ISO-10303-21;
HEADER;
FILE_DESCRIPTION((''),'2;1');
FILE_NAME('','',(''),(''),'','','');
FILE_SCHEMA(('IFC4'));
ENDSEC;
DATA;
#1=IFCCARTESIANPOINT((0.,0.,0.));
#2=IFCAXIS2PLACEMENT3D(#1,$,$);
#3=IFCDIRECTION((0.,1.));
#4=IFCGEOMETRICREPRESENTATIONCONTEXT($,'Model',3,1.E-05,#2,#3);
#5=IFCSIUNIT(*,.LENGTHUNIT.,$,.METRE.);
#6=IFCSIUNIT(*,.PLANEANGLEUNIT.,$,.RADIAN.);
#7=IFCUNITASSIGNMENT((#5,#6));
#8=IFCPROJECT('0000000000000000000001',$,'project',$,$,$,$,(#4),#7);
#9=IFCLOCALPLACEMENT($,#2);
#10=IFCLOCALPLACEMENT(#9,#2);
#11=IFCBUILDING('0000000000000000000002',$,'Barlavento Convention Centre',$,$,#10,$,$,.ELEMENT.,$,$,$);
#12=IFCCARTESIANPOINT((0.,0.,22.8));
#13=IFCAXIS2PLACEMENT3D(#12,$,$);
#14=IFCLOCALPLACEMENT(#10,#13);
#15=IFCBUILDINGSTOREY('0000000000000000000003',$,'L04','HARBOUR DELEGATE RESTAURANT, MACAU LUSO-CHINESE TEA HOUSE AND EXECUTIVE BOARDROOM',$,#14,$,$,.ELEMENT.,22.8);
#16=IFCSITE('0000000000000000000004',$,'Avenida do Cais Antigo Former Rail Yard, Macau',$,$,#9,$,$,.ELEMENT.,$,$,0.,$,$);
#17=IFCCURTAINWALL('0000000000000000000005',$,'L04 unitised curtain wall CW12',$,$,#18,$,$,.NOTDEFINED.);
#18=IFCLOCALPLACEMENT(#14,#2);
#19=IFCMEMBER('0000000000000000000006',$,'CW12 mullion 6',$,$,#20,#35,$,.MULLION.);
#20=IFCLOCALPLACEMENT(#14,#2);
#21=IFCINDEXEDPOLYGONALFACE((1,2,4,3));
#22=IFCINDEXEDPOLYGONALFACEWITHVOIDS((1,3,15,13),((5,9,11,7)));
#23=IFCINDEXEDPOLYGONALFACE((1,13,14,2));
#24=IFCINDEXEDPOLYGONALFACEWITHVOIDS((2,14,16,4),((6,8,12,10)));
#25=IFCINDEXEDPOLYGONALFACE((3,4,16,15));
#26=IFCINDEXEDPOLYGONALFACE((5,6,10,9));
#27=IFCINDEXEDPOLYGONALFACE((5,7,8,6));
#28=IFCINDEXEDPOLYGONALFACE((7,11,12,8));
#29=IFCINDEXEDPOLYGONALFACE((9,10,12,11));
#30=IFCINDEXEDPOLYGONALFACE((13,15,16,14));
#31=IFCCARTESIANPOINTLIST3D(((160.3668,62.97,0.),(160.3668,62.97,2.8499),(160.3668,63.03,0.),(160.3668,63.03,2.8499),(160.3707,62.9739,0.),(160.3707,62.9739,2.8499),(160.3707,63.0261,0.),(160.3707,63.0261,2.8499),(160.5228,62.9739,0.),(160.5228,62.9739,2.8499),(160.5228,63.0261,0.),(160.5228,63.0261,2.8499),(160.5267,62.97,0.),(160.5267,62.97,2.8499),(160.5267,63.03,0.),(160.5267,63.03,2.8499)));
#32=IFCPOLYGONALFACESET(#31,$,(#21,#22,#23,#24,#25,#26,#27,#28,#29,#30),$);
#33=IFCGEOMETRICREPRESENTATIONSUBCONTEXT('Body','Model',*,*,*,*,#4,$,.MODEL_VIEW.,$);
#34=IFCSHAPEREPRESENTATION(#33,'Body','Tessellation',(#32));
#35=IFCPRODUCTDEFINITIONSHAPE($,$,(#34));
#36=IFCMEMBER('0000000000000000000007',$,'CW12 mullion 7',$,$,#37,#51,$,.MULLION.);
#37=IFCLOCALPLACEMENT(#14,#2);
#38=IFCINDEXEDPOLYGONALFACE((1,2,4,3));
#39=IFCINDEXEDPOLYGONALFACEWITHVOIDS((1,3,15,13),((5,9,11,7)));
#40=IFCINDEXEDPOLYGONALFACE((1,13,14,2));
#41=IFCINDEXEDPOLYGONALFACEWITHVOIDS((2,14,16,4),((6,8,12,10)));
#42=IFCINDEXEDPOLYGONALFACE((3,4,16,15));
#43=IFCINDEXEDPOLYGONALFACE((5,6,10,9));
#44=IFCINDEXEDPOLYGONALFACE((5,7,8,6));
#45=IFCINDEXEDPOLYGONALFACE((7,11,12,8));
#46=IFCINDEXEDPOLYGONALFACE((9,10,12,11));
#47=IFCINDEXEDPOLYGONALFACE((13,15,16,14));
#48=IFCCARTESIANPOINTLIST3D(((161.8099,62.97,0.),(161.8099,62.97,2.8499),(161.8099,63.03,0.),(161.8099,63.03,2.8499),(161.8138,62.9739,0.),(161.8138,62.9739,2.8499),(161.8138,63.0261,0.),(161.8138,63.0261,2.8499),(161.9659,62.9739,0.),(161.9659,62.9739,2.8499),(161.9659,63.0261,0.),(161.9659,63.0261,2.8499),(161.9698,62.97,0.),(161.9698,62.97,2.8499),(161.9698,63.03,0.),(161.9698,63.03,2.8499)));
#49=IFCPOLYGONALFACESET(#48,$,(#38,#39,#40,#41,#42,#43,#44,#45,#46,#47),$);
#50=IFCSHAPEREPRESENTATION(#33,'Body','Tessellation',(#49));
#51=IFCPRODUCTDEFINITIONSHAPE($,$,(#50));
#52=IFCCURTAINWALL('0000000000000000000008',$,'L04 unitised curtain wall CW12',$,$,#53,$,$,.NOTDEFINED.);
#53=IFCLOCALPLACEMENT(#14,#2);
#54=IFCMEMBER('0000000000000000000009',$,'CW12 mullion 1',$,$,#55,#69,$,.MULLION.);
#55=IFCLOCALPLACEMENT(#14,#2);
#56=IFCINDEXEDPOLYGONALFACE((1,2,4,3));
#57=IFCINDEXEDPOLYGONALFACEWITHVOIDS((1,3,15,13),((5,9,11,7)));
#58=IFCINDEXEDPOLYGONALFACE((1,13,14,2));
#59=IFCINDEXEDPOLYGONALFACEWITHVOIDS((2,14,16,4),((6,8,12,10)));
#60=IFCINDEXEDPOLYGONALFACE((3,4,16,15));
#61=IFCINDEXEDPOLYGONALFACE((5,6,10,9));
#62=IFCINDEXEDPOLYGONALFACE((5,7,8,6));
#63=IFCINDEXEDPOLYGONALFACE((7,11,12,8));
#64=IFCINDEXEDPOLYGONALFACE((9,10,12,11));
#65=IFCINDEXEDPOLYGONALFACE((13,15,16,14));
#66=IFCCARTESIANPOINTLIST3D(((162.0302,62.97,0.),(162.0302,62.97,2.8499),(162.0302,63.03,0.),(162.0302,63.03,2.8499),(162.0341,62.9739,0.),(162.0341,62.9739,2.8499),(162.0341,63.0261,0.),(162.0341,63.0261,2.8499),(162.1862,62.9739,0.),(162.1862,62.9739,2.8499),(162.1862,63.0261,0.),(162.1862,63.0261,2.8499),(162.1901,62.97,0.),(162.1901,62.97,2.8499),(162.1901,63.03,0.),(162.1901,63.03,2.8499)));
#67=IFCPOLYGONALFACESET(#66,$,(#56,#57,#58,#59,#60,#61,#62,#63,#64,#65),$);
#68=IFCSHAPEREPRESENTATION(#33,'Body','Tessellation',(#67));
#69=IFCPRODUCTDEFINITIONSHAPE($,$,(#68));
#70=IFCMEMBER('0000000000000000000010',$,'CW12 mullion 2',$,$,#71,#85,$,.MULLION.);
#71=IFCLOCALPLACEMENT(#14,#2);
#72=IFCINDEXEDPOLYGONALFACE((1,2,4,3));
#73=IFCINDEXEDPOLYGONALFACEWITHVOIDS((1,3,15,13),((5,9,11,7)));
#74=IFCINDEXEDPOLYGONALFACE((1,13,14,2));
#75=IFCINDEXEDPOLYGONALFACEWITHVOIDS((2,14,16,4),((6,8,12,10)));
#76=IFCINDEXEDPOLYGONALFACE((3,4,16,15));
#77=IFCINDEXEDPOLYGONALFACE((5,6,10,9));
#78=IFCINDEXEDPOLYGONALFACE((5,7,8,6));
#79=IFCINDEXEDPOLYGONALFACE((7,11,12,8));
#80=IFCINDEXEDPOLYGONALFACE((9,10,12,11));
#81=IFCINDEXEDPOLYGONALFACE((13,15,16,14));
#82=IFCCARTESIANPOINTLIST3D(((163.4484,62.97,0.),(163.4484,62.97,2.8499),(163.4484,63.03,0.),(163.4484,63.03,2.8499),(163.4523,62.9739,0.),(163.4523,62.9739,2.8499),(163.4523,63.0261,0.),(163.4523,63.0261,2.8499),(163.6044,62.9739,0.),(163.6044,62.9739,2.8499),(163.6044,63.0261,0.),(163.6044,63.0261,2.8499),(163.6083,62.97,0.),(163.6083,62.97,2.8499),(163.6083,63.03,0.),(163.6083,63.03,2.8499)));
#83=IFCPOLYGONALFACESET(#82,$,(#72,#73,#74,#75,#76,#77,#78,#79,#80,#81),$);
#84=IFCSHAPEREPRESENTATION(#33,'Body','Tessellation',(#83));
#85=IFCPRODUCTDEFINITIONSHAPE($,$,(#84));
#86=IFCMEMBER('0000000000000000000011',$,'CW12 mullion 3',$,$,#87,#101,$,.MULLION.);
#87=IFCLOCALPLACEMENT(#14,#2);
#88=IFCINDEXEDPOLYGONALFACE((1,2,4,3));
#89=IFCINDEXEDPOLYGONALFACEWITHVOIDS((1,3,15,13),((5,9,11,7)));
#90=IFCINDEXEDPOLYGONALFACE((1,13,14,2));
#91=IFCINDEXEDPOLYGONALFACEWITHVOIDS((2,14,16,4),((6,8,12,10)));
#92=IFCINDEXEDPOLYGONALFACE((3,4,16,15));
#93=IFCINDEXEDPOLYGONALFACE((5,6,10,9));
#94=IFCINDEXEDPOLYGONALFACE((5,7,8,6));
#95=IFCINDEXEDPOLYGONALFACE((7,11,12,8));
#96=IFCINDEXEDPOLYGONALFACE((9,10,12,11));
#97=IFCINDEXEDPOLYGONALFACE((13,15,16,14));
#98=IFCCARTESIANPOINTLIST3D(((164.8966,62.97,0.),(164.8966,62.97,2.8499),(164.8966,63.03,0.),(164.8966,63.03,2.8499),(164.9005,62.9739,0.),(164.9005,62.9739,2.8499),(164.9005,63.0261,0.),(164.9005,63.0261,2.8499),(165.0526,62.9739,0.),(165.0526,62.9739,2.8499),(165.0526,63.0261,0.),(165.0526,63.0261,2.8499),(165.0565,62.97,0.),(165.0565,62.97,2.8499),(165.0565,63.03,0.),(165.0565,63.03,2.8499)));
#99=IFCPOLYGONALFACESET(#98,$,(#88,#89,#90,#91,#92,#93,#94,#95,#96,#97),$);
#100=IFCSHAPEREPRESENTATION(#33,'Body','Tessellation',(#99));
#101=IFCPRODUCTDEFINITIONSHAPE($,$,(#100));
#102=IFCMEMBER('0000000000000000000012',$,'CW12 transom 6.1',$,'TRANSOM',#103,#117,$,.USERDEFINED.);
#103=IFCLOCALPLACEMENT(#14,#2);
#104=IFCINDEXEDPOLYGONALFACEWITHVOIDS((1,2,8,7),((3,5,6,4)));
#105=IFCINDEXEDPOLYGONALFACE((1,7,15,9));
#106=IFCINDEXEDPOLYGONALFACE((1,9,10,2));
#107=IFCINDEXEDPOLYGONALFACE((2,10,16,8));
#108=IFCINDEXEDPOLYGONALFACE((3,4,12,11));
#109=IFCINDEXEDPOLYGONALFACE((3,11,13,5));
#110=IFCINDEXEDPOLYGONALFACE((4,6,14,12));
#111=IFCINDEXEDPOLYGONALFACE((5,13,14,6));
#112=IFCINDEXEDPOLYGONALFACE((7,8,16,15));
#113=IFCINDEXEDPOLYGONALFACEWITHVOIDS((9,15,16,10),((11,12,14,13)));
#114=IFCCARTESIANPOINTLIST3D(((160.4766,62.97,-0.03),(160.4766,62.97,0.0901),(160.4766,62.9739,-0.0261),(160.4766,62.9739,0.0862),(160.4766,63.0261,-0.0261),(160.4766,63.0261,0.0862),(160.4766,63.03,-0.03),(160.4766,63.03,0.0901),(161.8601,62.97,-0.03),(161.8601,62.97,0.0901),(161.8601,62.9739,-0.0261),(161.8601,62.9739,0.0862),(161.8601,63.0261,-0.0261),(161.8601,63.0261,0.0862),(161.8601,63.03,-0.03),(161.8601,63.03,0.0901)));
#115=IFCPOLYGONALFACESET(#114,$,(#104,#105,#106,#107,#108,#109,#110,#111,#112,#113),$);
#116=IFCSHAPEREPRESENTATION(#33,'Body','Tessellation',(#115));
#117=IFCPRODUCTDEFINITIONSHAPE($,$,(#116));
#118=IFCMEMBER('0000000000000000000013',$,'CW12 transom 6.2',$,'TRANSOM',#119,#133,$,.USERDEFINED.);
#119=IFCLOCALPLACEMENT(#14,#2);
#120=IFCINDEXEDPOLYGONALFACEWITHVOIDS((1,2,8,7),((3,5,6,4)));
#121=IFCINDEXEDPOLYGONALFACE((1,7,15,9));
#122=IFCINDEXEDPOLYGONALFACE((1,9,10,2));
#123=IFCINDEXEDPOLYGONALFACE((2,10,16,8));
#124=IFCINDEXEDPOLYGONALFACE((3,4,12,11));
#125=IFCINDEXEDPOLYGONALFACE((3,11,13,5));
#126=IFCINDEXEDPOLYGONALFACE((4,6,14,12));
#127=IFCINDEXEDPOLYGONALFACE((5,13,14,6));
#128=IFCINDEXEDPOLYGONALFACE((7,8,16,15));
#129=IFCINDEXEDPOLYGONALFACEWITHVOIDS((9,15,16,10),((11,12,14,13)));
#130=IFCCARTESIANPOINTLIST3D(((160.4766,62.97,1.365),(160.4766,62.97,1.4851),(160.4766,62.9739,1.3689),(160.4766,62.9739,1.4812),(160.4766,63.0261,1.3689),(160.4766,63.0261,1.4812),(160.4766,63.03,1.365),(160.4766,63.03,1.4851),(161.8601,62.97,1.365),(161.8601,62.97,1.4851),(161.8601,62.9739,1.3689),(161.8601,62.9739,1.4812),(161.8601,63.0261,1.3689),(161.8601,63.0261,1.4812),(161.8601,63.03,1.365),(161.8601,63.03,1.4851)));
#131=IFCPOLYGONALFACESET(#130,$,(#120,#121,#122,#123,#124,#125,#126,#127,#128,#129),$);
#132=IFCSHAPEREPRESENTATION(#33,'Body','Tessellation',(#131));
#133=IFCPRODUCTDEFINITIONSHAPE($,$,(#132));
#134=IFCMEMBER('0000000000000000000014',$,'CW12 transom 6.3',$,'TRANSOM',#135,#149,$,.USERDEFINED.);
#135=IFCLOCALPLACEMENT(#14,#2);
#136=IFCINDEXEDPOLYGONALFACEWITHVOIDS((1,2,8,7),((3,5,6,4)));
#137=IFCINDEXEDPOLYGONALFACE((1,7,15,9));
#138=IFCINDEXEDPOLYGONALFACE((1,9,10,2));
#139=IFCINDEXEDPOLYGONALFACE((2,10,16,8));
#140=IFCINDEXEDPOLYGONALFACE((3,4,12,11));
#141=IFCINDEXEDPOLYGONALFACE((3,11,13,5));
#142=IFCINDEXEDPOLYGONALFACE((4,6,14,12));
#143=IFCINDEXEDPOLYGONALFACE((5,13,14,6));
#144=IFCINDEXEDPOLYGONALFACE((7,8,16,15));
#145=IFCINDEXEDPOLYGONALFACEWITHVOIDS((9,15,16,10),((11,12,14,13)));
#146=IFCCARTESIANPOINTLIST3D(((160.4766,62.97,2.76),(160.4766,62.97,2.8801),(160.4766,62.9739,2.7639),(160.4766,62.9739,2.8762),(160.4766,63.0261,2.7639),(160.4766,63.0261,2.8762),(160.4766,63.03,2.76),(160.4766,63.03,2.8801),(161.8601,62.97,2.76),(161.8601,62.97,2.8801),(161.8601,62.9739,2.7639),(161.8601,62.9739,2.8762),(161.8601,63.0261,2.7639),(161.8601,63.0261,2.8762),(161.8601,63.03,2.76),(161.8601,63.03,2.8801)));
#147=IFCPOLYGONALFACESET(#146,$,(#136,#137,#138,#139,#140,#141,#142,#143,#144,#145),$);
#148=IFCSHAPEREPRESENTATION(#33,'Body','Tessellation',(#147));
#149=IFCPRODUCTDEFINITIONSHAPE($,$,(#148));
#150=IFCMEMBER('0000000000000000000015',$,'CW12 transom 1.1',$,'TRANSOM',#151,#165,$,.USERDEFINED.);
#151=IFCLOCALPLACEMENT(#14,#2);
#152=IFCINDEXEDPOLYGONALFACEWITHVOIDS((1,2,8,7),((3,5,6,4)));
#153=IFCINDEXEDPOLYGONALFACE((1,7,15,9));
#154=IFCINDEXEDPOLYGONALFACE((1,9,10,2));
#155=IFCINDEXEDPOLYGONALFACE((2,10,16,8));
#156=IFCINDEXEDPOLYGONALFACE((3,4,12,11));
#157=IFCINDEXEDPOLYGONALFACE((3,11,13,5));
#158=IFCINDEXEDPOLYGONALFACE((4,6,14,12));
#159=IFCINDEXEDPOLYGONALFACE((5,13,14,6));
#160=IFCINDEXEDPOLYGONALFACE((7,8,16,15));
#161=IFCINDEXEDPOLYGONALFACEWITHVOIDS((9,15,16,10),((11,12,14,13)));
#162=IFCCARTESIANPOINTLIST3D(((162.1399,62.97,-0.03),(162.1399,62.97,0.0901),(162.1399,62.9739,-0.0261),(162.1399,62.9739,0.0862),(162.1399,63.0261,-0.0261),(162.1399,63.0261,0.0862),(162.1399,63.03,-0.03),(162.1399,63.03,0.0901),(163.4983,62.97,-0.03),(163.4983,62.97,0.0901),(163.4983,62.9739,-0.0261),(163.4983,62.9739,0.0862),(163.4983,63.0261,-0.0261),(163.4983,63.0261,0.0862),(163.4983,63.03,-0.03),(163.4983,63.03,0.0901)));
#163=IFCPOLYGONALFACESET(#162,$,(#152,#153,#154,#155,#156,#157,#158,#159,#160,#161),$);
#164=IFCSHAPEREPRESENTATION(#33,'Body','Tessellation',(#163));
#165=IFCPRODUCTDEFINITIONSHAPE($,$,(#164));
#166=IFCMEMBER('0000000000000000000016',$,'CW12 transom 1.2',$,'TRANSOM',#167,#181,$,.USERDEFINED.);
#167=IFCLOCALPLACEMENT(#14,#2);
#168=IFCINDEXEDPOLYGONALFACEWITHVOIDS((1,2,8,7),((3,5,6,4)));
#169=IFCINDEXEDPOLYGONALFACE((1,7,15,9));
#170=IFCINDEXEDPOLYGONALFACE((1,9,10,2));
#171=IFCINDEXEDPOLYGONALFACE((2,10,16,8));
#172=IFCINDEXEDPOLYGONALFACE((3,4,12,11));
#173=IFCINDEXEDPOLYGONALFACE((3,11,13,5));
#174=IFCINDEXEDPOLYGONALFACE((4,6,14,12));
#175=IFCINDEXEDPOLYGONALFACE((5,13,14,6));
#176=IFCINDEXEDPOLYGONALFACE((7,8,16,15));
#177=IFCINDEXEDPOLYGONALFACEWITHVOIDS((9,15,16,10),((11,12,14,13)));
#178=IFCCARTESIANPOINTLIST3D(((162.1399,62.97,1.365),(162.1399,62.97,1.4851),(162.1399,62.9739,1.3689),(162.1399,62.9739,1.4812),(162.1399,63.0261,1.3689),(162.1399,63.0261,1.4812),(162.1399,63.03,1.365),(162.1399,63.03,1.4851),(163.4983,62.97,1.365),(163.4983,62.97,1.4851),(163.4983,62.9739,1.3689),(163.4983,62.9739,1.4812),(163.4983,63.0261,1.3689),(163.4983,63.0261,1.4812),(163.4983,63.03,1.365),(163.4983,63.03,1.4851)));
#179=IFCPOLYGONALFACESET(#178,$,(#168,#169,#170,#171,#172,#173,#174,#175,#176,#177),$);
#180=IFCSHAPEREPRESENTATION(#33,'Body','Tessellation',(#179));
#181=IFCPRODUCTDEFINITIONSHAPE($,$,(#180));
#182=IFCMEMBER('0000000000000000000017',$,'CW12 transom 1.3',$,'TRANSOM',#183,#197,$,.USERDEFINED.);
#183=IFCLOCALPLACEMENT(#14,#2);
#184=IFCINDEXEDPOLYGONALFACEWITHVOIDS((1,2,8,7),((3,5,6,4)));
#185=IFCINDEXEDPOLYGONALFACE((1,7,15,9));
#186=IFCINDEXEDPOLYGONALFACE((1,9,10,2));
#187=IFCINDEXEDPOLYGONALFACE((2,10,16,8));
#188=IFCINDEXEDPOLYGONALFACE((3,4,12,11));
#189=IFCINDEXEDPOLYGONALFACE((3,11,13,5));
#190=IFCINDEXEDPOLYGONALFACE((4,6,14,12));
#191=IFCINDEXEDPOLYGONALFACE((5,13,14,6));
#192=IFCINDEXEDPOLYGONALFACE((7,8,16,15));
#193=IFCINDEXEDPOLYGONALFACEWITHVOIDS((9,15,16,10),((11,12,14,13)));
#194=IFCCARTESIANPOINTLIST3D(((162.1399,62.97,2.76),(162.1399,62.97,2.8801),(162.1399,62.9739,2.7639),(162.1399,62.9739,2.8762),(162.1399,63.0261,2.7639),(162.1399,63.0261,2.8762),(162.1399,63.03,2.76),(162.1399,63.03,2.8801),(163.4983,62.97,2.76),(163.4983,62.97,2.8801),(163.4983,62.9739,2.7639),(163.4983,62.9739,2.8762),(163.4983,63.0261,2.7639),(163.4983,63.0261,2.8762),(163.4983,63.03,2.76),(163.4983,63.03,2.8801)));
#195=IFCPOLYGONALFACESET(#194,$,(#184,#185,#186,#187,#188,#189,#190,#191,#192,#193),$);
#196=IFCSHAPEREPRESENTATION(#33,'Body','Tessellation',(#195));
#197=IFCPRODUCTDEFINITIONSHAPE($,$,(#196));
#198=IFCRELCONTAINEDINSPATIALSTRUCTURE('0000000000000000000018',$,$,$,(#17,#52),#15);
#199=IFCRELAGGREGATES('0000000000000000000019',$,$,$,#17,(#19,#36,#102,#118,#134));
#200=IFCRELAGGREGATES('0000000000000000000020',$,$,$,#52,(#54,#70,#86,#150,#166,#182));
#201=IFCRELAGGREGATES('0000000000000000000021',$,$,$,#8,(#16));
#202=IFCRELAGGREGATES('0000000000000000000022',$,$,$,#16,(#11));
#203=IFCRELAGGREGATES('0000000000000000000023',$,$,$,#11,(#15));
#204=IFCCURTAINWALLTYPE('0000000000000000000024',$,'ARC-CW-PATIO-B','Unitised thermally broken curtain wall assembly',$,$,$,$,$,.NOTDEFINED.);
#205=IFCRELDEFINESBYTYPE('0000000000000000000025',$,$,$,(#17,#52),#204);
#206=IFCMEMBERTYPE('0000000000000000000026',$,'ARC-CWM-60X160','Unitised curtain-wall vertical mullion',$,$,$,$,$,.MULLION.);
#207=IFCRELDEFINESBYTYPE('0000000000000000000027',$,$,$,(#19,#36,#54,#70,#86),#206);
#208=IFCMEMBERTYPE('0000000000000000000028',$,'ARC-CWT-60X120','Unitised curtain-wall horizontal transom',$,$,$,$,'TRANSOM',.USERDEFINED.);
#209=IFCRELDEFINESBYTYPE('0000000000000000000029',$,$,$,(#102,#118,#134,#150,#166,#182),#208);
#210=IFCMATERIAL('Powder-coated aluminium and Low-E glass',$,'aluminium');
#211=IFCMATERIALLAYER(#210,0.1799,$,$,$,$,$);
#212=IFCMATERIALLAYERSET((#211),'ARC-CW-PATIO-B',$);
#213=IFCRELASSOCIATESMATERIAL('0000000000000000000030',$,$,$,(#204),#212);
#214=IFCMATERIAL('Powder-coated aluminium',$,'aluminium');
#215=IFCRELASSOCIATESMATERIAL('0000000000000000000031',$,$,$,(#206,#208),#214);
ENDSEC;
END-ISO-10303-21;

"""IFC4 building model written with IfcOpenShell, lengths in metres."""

from ifc_helpers import new_model, si_unit, direction, frame, origin, origin_2d, place, context, subcontext, project, spatial, hollow_rectangle, extrude, material, layer, layer_set, material_profile, profile_set, type_object, element, aggregate, save


model = new_model("IFC4")

# Units and contexts
model_context = context("Model", 3, precision=1e-05, world=origin(), true_north=direction((0.0, 1.0)))
body_context = subcontext(model_context, "Body", "Model", "MODEL_VIEW")
ifc_project = project(units=[si_unit("LENGTHUNIT", "METRE"), si_unit("PLANEANGLEUNIT", "RADIAN")], contexts=[model_context])

# Site, building, storey
site_placement = place(None, origin())
site = spatial("IfcSite", under=ifc_project, at=site_placement, Name="Avenida do Cais Antigo Former Rail Yard, Macau", CompositionType="ELEMENT", RefElevation=0.0)
building_placement = place(site_placement, origin())
building = spatial("IfcBuilding", under=site, at=building_placement, Name="Barlavento Convention Centre", CompositionType="ELEMENT")
storey_placement = place(building_placement, frame((0.0, 0.0, 22.8)))
storey = spatial("IfcBuildingStorey", under=building, at=storey_placement, Name="L04", Description="HARBOUR DELEGATE RESTAURANT, MACAU LUSO-CHINESE TEA HOUSE AND EXECUTIVE BOARDROOM", CompositionType="ELEMENT", Elevation=22.8)

# Curtain walls, members
ifc_material_1 = material(Name="Powder-coated aluminium and Low-E glass", Category="aluminium")
ifc_layer_1 = layer(ifc_material_1, 0.1799)
ifc_layer_set_1 = layer_set([ifc_layer_1], Name="ARC-CW-PATIO-B")
curtain_wall_type = type_object("IfcCurtainWallType", Name="ARC-CW-PATIO-B", Description="Unitised thermally broken curtain wall assembly", PredefinedType="NOTDEFINED", material=ifc_layer_set_1)
curtain_wall_1_placement = place(storey_placement, origin())
curtain_wall_1 = element("IfcCurtainWall", 1, at=curtain_wall_1_placement, inside=storey, type_object=curtain_wall_type, Name="L04 unitised curtain wall CW12", PredefinedType="NOTDEFINED")
ifc_material_2 = material(Name="Powder-coated aluminium", Category="aluminium")
ifc_material_profile_1 = material_profile(ifc_material_2, hollow_rectangle(XDim=0.0601, YDim=0.1599, WallThickness=0.0039, at=origin_2d()), Name="AL-MULL 60x160x4")
ifc_profile_set_1 = profile_set([ifc_material_profile_1], Name="Powder-coated aluminium")
member_type_1 = type_object("IfcMemberType", Name="ARC-CWM-60X160", Description="Unitised curtain-wall vertical mullion", PredefinedType="MULLION", material=ifc_profile_set_1)
member_1_placement = place(storey_placement, frame((160.4468, 63.0, 0.0), z_axis=(0.0, 0.0, 1.0), x_axis=(0.0, 1.0, 0.0)))
member_1 = element("IfcMember", 2, at=member_1_placement, type_object=member_type_1, Name="CW12 mullion 6", PredefinedType="MULLION", context=body_context, shape_type="SweptSolid", body=[
    extrude(hollow_rectangle(XDim=0.0601, YDim=0.1599, WallThickness=0.0039, at=origin_2d()), origin(), (0.0, 0.0, 1.0), 2.8499),
])
member_2_placement = place(storey_placement, frame((161.8899, 63.0, 0.0), z_axis=(0.0, 0.0, 1.0), x_axis=(0.0, 1.0, 0.0)))
member_2 = element("IfcMember", 3, at=member_2_placement, type_object=member_type_1, Name="CW12 mullion 7", PredefinedType="MULLION", context=body_context, shape_type="SweptSolid", body=[
    extrude(hollow_rectangle(XDim=0.0601, YDim=0.1599, WallThickness=0.0039, at=origin_2d()), origin(), (0.0, 0.0, 1.0), 2.8499),
])
curtain_wall_2_placement = place(storey_placement, origin())
curtain_wall_2 = element("IfcCurtainWall", 4, at=curtain_wall_2_placement, inside=storey, type_object=curtain_wall_type, Name="L04 unitised curtain wall CW12", PredefinedType="NOTDEFINED")
member_3_placement = place(storey_placement, frame((162.1101, 63.0, 0.0), z_axis=(0.0, 0.0, 1.0), x_axis=(0.0, 1.0, 0.0)))
member_3 = element("IfcMember", 5, at=member_3_placement, type_object=member_type_1, Name="CW12 mullion 1", PredefinedType="MULLION", context=body_context, shape_type="SweptSolid", body=[
    extrude(hollow_rectangle(XDim=0.0601, YDim=0.1599, WallThickness=0.0039, at=origin_2d()), origin(), (0.0, 0.0, 1.0), 2.8499),
])
member_4_placement = place(storey_placement, frame((163.5283, 63.0, 0.0), z_axis=(0.0, 0.0, 1.0), x_axis=(0.0, 1.0, 0.0)))
member_4 = element("IfcMember", 6, at=member_4_placement, type_object=member_type_1, Name="CW12 mullion 2", PredefinedType="MULLION", context=body_context, shape_type="SweptSolid", body=[
    extrude(hollow_rectangle(XDim=0.0601, YDim=0.1599, WallThickness=0.0039, at=origin_2d()), origin(), (0.0, 0.0, 1.0), 2.8499),
])
member_5_placement = place(storey_placement, frame((164.9766, 63.0, 0.0), z_axis=(0.0, 0.0, 1.0), x_axis=(0.0, 1.0, 0.0)))
member_5 = element("IfcMember", 7, at=member_5_placement, type_object=member_type_1, Name="CW12 mullion 3", PredefinedType="MULLION", context=body_context, shape_type="SweptSolid", body=[
    extrude(hollow_rectangle(XDim=0.0601, YDim=0.1599, WallThickness=0.0039, at=origin_2d()), origin(), (0.0, 0.0, 1.0), 2.8499),
])

# Members
ifc_material_profile_2 = material_profile(ifc_material_2, hollow_rectangle(XDim=0.0601, YDim=0.1201, WallThickness=0.0039, at=origin_2d()), Name="AL-TRAN 60x120x4")
ifc_profile_set_2 = profile_set([ifc_material_profile_2], Name="Powder-coated aluminium")
member_type_2 = type_object("IfcMemberType", Name="ARC-CWT-60X120", Description="Unitised curtain-wall horizontal transom", ElementType="TRANSOM", PredefinedType="USERDEFINED", material=ifc_profile_set_2)
member_6_placement = place(storey_placement, frame((160.4766, 63.0, 0.03), z_axis=(1.0, 0.0, 0.0), x_axis=(0.0, 1.0, 0.0)))
member_6 = element("IfcMember", 8, at=member_6_placement, type_object=member_type_2, Name="CW12 transom 6.1", ObjectType="TRANSOM", PredefinedType="USERDEFINED", context=body_context, shape_type="SweptSolid", body=[
    extrude(hollow_rectangle(XDim=0.0601, YDim=0.1201, WallThickness=0.0039, at=origin_2d()), origin(), (0.0, 0.0, 1.0), 1.3835),
])
member_7_placement = place(storey_placement, frame((160.4766, 63.0, 1.425), z_axis=(1.0, 0.0, 0.0), x_axis=(0.0, 1.0, 0.0)))
member_7 = element("IfcMember", 9, at=member_7_placement, type_object=member_type_2, Name="CW12 transom 6.2", ObjectType="TRANSOM", PredefinedType="USERDEFINED", context=body_context, shape_type="SweptSolid", body=[
    extrude(hollow_rectangle(XDim=0.0601, YDim=0.1201, WallThickness=0.0039, at=origin_2d()), origin(), (0.0, 0.0, 1.0), 1.3835),
])
member_8_placement = place(storey_placement, frame((160.4766, 63.0, 2.8201), z_axis=(1.0, 0.0, 0.0), x_axis=(0.0, 1.0, 0.0)))
member_8 = element("IfcMember", 10, at=member_8_placement, type_object=member_type_2, Name="CW12 transom 6.3", ObjectType="TRANSOM", PredefinedType="USERDEFINED", context=body_context, shape_type="SweptSolid", body=[
    extrude(hollow_rectangle(XDim=0.0601, YDim=0.1201, WallThickness=0.0039, at=origin_2d()), origin(), (0.0, 0.0, 1.0), 1.3835),
])
member_9_placement = place(storey_placement, frame((162.1399, 63.0, 0.03), z_axis=(1.0, 0.0, 0.0), x_axis=(0.0, 1.0, 0.0)))
member_9 = element("IfcMember", 11, at=member_9_placement, type_object=member_type_2, Name="CW12 transom 1.1", ObjectType="TRANSOM", PredefinedType="USERDEFINED", context=body_context, shape_type="SweptSolid", body=[
    extrude(hollow_rectangle(XDim=0.0601, YDim=0.1201, WallThickness=0.0039, at=origin_2d()), origin(), (0.0, 0.0, 1.0), 1.3584),
])
member_10_placement = place(storey_placement, frame((162.1399, 63.0, 1.425), z_axis=(1.0, 0.0, 0.0), x_axis=(0.0, 1.0, 0.0)))
member_10 = element("IfcMember", 12, at=member_10_placement, type_object=member_type_2, Name="CW12 transom 1.2", ObjectType="TRANSOM", PredefinedType="USERDEFINED", context=body_context, shape_type="SweptSolid", body=[
    extrude(hollow_rectangle(XDim=0.0601, YDim=0.1201, WallThickness=0.0039, at=origin_2d()), origin(), (0.0, 0.0, 1.0), 1.3584),
])
member_11_placement = place(storey_placement, frame((162.1399, 63.0, 2.8201), z_axis=(1.0, 0.0, 0.0), x_axis=(0.0, 1.0, 0.0)))
member_11 = element("IfcMember", 13, at=member_11_placement, type_object=member_type_2, Name="CW12 transom 1.3", ObjectType="TRANSOM", PredefinedType="USERDEFINED", context=body_context, shape_type="SweptSolid", body=[
    extrude(hollow_rectangle(XDim=0.0601, YDim=0.1201, WallThickness=0.0039, at=origin_2d()), origin(), (0.0, 0.0, 1.0), 1.3584),
])

aggregate(curtain_wall_1, [member_1, member_2, member_6, member_7, member_8])
aggregate(curtain_wall_2, [member_3, member_4, member_5, member_9, member_10, member_11])

save(model, "model.ifc")
